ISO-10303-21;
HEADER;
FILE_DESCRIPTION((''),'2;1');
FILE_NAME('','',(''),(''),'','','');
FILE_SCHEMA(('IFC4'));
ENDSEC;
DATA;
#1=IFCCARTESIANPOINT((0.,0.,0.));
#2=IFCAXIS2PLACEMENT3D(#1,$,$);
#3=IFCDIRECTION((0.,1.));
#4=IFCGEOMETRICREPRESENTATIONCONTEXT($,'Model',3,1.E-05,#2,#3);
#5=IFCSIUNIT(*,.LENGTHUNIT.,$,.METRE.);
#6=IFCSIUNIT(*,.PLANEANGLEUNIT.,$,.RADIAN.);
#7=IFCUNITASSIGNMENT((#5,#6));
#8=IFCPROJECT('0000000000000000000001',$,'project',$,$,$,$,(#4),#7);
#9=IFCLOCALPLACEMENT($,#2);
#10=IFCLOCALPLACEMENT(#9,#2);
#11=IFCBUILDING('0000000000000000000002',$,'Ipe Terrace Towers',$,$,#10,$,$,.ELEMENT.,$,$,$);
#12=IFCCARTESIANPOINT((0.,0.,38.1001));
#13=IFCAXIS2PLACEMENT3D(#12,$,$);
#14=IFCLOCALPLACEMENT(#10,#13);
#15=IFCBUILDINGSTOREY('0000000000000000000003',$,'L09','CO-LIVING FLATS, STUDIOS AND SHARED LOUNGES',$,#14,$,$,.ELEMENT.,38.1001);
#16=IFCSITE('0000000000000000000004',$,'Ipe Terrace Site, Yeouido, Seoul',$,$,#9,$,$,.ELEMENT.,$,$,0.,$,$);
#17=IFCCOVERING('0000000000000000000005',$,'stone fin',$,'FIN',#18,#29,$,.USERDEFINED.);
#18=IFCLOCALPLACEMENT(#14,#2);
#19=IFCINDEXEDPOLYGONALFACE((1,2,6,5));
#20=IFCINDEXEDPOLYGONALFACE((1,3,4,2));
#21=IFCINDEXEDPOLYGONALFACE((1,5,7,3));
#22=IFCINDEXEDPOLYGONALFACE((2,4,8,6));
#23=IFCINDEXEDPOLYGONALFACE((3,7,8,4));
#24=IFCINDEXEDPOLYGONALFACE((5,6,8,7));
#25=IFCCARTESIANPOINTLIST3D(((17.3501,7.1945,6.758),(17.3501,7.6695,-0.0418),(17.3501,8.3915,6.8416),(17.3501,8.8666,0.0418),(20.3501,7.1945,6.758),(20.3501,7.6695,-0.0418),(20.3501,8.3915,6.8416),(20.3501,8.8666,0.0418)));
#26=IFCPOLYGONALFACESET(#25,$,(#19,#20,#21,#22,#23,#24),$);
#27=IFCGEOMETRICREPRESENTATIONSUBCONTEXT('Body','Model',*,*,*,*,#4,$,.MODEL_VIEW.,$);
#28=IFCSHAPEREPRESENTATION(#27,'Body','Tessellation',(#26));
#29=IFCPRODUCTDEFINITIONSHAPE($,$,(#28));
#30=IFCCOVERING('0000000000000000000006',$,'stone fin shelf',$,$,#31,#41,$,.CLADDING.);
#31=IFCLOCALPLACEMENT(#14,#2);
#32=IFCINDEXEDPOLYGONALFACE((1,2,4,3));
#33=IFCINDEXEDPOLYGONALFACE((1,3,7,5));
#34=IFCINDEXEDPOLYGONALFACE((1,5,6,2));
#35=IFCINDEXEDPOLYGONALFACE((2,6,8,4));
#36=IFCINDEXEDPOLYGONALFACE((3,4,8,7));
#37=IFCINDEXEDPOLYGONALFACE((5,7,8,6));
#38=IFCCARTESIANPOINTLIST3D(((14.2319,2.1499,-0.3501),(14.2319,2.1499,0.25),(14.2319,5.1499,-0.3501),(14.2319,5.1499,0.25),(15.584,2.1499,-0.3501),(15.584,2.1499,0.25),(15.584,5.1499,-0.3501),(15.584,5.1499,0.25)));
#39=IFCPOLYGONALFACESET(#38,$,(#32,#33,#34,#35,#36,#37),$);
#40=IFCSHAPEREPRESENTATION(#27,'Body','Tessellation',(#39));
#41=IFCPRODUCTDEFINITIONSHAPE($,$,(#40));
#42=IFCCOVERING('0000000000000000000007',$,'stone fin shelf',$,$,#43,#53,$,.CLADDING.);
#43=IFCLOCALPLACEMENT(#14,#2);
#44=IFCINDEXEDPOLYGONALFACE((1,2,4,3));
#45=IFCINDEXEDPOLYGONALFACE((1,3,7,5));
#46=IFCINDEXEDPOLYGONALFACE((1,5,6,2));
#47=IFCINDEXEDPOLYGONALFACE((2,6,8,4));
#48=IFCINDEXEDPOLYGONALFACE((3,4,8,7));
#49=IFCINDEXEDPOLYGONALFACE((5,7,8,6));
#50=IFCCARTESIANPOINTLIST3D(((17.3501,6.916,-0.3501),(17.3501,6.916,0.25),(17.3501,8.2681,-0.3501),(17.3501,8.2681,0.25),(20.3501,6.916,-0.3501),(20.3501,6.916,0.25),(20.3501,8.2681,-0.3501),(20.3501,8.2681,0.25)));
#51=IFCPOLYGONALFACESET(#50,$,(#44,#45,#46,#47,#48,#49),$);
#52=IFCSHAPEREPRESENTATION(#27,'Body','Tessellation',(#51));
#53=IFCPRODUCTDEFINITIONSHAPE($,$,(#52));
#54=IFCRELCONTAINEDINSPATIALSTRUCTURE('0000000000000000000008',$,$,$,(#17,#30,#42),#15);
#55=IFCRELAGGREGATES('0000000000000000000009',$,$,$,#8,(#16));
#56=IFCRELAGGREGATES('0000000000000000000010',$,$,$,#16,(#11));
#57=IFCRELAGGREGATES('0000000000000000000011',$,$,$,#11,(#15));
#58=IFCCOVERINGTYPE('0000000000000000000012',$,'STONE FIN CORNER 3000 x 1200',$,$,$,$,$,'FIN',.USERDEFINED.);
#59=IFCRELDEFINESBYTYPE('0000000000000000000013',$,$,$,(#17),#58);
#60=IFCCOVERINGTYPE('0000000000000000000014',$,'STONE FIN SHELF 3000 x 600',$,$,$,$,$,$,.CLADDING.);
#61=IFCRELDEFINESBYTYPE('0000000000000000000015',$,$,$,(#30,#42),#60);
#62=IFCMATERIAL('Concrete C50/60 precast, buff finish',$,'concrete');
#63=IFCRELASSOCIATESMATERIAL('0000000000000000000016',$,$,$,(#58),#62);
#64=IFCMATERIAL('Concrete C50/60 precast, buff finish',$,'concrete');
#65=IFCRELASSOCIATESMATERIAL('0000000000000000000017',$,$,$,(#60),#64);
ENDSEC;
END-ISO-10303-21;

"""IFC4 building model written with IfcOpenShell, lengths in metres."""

from ifc_helpers import new_model, si_unit, direction, frame, origin, origin_2d, place, context, subcontext, project, spatial, rectangle, extrude, material, material_profile, profile_set, type_object, element, save


model = new_model("IFC4")

# Units and contexts
model_context = context("Model", 3, precision=1e-05, world=origin(), true_north=direction((0.0, 1.0)))
body_context = subcontext(model_context, "Body", "Model", "MODEL_VIEW")
ifc_project = project(units=[si_unit("LENGTHUNIT", "METRE"), si_unit("PLANEANGLEUNIT", "RADIAN")], contexts=[model_context])

# Site, building, storey
site_placement = place(None, origin())
site = spatial("IfcSite", under=ifc_project, at=site_placement, Name="Ipe Terrace Site, Yeouido, Seoul", CompositionType="ELEMENT", RefElevation=0.0)
building_placement = place(site_placement, origin())
building = spatial("IfcBuilding", under=site, at=building_placement, Name="Ipe Terrace Towers", CompositionType="ELEMENT")
storey_placement = place(building_placement, frame((0.0, 0.0, 38.1001)))
storey = spatial("IfcBuildingStorey", under=building, at=storey_placement, Name="L09", Description="CO-LIVING FLATS, STUDIOS AND SHARED LOUNGES", CompositionType="ELEMENT", Elevation=38.1001)

# Coverings
ifc_material_1 = material(Name="Concrete C50/60 precast, buff finish", Category="concrete")
ifc_material_profile_1 = material_profile(ifc_material_1, rectangle(XDim=3.0, YDim=1.2, at=origin_2d()), Name="STONE FIN CORNER 3000 x 1200")
ifc_profile_set_1 = profile_set([ifc_material_profile_1], Name="Concrete C50/60 precast, buff finish")
covering_type_1 = type_object("IfcCoveringType", Name="STONE FIN CORNER 3000 x 1200", ElementType="FIN", PredefinedType="USERDEFINED", material=ifc_profile_set_1)
for number, where, z_axis, x_axis, name in (
    (1, (18.8501, 8.2681, 0.0), (0.0, -0.069699, 0.997568), (-1.0, 0.0, 0.0), "stone fin"),
):
    element("IfcCovering", number, at=place(storey_placement, frame(where, z_axis=z_axis, x_axis=x_axis)), inside=storey, type_object=covering_type_1, Name=name, ObjectType="FIN", PredefinedType="USERDEFINED", context=body_context, shape_type="SweptSolid", body=[
        extrude(rectangle(XDim=3.0, YDim=1.2, at=origin_2d()), origin(), (0.0, 0.0, 1.0), 6.8164),
    ])
ifc_material_2 = material(Name="Concrete C50/60 precast, buff finish", Category="concrete")
covering_type_2 = type_object("IfcCoveringType", Name="STONE FIN SHELF 3000 x 600", PredefinedType="CLADDING", material=ifc_material_2)
for number, where, z_axis, x_axis, name in (
    (2, (14.908, 3.6499, -0.3501), (0.0, 0.0, 1.0), (0.0, -1.0, 0.0), "stone fin shelf"),
    (3, (18.8501, 7.592, -0.3501), (0.0, 0.0, 1.0), (-1.0, 0.0, 0.0), "stone fin shelf"),
):
    element("IfcCovering", number, at=place(storey_placement, frame(where, z_axis=z_axis, x_axis=x_axis)), inside=storey, type_object=covering_type_2, Name=name, PredefinedType="CLADDING", context=body_context, shape_type="SweptSolid", body=[
        extrude(rectangle(XDim=3.0, YDim=1.3521, at=origin_2d()), origin(), (0.0, 0.0, 1.0), 0.6001),
    ])

save(model, "model.ifc")
